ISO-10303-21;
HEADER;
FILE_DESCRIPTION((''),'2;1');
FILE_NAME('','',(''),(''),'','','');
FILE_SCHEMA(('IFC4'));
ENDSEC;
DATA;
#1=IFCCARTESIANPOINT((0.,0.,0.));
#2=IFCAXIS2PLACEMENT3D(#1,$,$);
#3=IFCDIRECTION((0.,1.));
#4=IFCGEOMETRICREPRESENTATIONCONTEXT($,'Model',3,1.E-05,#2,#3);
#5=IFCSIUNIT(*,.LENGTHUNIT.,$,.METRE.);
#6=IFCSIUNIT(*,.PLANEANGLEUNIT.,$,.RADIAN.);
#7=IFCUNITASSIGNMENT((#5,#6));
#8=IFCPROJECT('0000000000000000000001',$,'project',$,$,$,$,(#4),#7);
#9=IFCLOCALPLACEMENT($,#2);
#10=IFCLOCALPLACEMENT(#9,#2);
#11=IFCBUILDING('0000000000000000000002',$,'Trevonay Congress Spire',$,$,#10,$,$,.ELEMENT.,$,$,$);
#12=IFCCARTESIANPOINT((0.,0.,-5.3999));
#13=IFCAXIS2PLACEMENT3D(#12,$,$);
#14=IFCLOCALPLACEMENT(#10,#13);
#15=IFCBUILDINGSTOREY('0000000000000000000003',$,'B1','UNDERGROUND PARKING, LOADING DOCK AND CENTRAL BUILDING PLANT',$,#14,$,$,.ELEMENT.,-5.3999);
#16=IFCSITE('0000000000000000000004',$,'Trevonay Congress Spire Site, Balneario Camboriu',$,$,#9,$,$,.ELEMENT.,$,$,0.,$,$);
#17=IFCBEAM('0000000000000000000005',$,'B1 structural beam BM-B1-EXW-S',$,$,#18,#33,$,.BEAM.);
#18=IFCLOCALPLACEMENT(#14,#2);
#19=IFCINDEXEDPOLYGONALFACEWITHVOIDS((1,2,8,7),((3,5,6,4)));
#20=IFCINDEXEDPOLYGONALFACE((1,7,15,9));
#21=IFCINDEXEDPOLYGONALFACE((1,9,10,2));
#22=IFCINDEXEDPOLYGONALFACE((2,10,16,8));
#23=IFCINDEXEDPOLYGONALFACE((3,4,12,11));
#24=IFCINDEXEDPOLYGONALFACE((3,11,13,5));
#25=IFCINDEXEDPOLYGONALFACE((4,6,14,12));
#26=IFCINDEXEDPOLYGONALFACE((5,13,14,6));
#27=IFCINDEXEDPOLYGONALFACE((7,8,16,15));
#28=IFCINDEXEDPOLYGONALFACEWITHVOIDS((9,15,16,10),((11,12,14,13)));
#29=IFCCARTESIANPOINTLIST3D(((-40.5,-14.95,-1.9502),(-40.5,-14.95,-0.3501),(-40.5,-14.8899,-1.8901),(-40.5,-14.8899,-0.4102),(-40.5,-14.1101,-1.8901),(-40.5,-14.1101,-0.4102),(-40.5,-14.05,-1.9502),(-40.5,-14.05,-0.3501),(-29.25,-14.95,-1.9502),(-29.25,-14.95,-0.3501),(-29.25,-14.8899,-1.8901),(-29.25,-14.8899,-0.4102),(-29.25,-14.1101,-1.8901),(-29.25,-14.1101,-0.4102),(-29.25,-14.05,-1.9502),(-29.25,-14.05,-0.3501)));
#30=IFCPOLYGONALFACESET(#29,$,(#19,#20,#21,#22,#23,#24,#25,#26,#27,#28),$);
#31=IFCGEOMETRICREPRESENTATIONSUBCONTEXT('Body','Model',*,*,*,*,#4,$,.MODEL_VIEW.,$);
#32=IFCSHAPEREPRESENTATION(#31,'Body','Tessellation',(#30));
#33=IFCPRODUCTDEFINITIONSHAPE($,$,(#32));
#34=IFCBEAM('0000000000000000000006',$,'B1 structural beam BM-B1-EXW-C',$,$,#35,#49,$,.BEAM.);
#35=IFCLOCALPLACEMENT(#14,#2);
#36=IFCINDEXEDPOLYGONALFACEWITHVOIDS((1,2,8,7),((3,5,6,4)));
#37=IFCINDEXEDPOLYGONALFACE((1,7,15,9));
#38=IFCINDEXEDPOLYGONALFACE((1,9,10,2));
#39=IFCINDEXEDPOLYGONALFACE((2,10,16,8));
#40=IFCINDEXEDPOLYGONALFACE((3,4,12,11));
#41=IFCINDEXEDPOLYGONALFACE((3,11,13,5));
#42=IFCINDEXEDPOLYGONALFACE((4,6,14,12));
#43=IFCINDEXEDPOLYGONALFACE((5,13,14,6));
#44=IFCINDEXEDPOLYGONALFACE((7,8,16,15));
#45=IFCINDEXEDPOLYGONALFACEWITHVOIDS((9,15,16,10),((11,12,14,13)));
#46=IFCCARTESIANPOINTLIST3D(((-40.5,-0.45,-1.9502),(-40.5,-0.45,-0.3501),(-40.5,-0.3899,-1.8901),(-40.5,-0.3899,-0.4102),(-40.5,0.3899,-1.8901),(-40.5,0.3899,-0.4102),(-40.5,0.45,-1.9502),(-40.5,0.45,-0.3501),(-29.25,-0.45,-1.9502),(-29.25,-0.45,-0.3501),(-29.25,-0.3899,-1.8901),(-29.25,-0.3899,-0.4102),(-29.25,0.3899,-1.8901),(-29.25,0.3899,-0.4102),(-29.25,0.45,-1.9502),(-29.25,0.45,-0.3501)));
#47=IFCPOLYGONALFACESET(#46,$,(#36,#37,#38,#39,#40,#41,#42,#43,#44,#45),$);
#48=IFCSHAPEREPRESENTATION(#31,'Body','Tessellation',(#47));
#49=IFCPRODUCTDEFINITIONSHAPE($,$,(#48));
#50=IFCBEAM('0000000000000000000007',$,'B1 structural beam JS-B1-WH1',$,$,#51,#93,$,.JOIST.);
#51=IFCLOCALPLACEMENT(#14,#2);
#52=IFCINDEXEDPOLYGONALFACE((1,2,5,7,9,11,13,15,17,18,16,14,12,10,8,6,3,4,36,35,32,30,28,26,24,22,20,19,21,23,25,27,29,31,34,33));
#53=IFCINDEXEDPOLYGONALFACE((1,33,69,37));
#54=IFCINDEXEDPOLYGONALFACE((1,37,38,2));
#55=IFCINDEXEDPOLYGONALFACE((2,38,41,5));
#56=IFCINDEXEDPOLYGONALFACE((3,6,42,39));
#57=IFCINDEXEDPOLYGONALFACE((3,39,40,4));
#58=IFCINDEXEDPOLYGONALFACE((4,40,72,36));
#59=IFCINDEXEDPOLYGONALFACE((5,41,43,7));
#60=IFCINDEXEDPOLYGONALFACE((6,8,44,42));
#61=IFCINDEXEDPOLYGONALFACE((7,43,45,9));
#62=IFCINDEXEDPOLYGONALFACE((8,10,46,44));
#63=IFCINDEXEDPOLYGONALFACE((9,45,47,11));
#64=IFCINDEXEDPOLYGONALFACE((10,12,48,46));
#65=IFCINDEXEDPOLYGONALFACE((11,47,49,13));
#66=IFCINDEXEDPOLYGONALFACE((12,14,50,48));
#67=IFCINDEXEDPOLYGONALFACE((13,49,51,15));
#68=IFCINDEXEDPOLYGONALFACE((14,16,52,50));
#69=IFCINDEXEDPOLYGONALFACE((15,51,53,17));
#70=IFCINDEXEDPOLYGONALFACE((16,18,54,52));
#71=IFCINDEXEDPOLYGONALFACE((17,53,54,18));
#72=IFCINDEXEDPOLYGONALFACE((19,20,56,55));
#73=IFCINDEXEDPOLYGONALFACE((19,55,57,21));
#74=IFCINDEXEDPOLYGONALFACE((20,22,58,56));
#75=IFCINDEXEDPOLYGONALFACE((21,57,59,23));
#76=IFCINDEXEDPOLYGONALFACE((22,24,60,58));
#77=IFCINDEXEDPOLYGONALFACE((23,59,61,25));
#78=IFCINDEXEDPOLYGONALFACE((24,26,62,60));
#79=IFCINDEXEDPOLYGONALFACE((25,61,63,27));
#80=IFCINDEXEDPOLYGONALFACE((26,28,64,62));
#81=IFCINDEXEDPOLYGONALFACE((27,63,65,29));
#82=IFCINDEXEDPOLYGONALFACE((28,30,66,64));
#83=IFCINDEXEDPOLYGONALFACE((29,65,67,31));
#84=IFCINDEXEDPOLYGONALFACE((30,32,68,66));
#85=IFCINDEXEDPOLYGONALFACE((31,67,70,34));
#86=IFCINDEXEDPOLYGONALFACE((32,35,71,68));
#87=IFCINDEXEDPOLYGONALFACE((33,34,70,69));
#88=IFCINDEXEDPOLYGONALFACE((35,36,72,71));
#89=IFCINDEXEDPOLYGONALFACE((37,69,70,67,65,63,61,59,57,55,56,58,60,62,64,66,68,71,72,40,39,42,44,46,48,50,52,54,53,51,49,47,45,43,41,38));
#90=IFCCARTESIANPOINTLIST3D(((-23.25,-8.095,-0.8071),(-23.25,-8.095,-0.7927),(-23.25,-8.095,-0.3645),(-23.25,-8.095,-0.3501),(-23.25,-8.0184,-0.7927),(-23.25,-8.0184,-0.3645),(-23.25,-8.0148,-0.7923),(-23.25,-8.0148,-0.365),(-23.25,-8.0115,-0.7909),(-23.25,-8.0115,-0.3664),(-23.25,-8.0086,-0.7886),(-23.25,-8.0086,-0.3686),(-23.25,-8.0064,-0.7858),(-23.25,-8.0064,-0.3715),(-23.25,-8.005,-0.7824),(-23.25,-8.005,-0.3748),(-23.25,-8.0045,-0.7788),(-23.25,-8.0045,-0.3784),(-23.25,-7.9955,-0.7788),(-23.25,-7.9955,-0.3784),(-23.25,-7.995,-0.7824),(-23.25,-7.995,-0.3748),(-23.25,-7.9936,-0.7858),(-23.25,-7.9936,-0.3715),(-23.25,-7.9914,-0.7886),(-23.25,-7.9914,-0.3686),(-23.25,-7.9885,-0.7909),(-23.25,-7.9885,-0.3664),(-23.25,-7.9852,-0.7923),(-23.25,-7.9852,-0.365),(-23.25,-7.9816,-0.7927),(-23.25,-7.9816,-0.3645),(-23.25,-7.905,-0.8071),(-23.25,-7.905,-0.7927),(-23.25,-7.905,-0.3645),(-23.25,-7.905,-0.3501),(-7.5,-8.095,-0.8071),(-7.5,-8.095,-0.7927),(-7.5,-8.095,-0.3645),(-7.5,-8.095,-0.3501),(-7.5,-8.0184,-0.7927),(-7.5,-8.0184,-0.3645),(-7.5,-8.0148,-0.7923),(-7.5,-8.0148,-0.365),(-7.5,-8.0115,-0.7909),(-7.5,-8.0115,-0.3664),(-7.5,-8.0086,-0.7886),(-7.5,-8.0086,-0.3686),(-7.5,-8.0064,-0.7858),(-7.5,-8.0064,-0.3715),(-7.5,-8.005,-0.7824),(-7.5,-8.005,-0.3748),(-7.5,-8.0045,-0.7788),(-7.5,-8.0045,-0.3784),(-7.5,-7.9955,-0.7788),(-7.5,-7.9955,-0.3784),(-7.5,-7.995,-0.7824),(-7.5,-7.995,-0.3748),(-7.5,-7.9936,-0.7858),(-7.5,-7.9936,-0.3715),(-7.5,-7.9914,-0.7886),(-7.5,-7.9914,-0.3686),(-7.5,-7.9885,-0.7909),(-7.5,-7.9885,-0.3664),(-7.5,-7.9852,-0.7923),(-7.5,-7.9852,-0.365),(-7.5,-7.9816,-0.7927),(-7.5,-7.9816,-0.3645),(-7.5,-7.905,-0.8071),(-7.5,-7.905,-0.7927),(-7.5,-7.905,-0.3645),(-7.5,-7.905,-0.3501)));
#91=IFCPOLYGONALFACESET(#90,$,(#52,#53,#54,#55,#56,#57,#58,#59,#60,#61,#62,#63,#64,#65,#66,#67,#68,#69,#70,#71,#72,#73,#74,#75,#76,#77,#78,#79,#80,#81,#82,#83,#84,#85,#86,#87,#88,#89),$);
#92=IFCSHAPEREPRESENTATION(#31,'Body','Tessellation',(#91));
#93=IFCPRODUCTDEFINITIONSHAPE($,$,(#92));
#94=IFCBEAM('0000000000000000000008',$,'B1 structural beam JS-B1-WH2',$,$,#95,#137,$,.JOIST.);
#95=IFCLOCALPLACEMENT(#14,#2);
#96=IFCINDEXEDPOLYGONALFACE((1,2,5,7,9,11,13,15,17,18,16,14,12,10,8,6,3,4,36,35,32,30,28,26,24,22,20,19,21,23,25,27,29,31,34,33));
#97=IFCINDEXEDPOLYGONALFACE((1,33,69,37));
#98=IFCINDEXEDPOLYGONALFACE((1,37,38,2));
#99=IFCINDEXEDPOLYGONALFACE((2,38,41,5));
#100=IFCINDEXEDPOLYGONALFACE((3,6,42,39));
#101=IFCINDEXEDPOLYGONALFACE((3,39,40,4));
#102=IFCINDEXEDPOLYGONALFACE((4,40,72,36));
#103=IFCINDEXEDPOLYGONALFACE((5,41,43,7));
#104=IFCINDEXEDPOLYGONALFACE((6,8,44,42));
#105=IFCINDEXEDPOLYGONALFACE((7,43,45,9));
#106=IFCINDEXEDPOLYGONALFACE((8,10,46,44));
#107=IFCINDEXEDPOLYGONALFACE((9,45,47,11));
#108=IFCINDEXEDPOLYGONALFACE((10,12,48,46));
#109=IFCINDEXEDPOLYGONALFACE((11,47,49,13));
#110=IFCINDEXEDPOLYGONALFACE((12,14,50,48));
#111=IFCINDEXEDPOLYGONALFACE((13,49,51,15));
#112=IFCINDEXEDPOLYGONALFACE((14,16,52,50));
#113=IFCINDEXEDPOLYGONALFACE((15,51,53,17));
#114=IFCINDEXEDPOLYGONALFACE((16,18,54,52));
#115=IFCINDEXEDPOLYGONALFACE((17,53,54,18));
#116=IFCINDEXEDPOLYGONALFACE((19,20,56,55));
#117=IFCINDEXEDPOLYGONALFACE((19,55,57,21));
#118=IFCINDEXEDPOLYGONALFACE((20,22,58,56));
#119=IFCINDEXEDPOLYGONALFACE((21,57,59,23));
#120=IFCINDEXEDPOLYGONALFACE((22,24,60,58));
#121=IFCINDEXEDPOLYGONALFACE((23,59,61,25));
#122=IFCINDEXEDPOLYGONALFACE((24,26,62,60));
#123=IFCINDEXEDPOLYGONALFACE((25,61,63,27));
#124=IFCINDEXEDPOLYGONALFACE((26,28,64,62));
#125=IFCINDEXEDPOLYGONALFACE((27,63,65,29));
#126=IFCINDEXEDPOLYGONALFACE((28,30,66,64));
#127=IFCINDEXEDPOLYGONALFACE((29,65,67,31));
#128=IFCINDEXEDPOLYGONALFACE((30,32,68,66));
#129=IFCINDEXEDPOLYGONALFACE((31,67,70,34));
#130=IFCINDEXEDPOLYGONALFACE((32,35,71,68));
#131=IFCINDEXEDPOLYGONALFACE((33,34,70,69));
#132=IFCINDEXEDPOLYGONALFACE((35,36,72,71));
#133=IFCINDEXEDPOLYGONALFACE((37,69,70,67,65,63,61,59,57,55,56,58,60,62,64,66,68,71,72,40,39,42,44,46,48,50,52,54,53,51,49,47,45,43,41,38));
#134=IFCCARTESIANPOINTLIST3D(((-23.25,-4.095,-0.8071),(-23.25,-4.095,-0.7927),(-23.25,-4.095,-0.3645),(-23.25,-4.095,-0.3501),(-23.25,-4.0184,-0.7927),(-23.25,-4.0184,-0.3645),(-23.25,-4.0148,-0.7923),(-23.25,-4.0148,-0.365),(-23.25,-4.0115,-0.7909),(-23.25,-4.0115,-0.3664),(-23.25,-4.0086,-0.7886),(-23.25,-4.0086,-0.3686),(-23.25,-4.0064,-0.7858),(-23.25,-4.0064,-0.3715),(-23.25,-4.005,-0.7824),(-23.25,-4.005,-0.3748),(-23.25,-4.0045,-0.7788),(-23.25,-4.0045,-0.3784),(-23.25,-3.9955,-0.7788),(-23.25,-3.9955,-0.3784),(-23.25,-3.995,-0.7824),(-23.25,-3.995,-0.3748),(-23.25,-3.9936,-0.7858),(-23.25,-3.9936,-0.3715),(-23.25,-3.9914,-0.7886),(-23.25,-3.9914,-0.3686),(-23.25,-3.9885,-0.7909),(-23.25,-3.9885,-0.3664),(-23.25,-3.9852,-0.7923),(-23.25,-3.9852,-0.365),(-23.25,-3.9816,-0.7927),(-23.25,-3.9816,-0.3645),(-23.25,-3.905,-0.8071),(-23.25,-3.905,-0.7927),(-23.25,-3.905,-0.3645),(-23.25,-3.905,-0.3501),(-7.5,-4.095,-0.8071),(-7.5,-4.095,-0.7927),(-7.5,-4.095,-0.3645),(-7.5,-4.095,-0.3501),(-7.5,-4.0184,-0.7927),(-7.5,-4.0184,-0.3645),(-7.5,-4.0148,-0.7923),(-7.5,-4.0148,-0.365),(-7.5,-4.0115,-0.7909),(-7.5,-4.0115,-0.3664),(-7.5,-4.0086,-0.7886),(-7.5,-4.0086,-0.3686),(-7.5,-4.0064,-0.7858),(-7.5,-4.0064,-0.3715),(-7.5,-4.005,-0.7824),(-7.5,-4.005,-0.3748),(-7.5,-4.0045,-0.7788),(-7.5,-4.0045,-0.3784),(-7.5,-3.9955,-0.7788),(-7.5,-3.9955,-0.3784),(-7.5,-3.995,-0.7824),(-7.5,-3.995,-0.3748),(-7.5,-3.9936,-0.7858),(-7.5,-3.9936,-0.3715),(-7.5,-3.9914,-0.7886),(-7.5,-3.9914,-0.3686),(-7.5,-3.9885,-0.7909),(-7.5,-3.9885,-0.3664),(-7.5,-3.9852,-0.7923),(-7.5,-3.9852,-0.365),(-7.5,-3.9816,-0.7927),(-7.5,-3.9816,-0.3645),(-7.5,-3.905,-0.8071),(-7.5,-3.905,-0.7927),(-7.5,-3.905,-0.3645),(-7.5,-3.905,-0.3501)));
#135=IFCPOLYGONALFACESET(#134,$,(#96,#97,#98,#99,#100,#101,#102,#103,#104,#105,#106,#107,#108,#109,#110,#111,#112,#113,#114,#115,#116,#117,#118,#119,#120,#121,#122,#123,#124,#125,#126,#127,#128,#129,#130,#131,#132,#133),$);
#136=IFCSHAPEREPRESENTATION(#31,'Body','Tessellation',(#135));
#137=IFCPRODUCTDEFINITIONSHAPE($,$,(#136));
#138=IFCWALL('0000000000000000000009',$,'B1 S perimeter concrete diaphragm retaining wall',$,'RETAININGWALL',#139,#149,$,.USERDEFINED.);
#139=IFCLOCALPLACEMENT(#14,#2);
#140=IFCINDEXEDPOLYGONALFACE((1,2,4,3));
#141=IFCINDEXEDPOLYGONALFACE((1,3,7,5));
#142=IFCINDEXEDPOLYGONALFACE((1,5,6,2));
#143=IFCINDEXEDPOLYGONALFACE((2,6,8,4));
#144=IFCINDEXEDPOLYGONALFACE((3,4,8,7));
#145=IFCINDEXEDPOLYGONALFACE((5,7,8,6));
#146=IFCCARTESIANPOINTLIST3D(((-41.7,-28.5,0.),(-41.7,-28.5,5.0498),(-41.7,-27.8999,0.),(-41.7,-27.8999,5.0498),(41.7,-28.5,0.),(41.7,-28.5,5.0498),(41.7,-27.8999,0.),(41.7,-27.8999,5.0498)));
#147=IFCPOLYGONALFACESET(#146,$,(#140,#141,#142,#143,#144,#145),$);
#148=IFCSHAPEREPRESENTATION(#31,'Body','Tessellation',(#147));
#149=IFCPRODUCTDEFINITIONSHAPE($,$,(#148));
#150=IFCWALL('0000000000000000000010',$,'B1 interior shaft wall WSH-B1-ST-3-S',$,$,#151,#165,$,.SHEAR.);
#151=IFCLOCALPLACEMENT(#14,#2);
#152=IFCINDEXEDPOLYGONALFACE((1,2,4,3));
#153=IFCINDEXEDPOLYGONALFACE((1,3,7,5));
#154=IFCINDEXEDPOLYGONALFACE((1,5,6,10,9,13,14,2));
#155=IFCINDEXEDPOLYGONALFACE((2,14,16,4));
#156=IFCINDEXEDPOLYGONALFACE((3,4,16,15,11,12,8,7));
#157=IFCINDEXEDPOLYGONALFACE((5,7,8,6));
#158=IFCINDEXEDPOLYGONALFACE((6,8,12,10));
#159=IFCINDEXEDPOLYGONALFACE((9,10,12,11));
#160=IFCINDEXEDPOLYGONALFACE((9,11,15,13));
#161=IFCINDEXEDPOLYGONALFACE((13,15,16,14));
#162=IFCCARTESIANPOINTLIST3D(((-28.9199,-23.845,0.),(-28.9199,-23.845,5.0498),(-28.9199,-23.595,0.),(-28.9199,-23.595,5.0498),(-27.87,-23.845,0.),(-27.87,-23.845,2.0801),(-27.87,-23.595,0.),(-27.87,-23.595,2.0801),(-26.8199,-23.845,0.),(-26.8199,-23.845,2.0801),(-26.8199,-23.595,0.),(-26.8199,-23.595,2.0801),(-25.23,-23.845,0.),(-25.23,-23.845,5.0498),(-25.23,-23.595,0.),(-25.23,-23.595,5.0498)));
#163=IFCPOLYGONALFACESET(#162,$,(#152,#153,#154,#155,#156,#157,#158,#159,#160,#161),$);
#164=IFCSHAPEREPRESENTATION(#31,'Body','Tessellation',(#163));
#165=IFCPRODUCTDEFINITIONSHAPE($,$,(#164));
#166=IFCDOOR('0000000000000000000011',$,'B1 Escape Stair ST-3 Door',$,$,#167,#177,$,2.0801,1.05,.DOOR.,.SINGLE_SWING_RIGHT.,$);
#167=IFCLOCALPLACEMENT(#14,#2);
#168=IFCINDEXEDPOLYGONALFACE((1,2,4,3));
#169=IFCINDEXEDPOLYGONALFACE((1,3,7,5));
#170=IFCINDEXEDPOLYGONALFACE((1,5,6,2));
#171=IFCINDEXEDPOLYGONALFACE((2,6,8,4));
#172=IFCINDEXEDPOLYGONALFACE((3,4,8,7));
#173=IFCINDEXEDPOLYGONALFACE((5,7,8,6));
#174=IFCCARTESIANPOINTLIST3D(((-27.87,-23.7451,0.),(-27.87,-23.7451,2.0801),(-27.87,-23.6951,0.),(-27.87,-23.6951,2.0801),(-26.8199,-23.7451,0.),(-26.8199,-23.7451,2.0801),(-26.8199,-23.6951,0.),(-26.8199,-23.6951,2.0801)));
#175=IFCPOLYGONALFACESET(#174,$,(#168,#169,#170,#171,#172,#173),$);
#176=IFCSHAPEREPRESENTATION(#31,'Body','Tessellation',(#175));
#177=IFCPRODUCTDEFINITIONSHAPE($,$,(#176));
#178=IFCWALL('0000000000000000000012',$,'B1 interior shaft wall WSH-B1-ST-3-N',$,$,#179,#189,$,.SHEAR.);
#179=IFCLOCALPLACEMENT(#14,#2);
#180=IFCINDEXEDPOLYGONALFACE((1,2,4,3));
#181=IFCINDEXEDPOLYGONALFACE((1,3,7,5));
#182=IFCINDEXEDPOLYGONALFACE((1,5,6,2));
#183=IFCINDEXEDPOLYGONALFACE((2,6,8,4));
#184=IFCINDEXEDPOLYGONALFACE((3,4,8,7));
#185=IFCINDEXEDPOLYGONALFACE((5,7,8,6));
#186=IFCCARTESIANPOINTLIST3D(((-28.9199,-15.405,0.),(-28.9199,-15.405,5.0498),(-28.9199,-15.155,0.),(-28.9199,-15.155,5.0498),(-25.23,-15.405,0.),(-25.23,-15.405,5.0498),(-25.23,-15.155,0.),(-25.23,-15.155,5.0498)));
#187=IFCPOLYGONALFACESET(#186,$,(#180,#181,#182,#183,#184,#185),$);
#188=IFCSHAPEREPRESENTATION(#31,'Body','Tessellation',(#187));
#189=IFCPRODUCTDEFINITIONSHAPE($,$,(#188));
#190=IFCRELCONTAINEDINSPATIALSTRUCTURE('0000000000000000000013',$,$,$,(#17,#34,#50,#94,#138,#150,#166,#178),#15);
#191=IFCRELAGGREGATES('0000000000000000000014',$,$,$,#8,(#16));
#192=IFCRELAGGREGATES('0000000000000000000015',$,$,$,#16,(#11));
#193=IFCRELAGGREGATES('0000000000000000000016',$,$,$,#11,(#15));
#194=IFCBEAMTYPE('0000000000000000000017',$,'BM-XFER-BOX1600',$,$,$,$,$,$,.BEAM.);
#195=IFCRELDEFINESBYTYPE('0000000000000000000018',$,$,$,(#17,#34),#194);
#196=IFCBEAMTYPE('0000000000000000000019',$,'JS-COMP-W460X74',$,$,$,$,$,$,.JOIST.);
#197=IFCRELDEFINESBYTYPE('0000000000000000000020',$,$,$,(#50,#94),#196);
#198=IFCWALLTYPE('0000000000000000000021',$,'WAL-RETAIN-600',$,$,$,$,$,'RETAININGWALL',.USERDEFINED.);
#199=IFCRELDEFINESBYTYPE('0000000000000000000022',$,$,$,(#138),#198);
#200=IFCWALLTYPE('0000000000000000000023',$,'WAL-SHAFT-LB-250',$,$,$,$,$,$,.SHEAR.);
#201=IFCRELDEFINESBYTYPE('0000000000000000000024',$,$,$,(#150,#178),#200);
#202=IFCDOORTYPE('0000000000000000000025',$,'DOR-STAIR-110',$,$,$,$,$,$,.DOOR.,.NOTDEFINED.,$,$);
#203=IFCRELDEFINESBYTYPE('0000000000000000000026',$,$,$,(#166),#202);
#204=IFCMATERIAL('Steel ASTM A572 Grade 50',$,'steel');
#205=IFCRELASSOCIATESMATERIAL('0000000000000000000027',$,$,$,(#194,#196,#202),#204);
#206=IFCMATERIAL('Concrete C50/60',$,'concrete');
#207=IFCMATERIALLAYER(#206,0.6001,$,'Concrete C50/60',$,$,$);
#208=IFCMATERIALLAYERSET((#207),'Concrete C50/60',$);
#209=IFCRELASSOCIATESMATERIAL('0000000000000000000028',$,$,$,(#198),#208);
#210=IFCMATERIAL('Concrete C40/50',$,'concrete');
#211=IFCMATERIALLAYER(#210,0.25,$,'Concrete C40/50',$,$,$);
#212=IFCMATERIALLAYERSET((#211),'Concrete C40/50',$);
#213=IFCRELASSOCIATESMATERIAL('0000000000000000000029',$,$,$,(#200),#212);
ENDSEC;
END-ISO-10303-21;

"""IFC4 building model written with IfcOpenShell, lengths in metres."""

from ifc_helpers import new_model, si_unit, direction, frame, frame_2d, origin, origin_2d, place, context, subcontext, project, spatial, rectangle, hollow_rectangle, i_section, extrude, material, layer, layer_set, material_profile, profile_set, type_object, element, fill, save


model = new_model("IFC4")

# Units and contexts
model_context = context("Model", 3, precision=1e-05, world=origin(), true_north=direction((0.0, 1.0)))
body_context = subcontext(model_context, "Body", "Model", "MODEL_VIEW")
ifc_project = project(units=[si_unit("LENGTHUNIT", "METRE"), si_unit("PLANEANGLEUNIT", "RADIAN")], contexts=[model_context])

# Site, building, storey
site_placement = place(None, origin())
site = spatial("IfcSite", under=ifc_project, at=site_placement, Name="Trevonay Congress Spire Site, Balneario Camboriu", CompositionType="ELEMENT", RefElevation=0.0)
building_placement = place(site_placement, origin())
building = spatial("IfcBuilding", under=site, at=building_placement, Name="Trevonay Congress Spire", CompositionType="ELEMENT")
storey_placement = place(building_placement, frame((0.0, 0.0, -5.3999)))
storey = spatial("IfcBuildingStorey", under=building, at=storey_placement, Name="B1", Description="UNDERGROUND PARKING, LOADING DOCK AND CENTRAL BUILDING PLANT", CompositionType="ELEMENT", Elevation=-5.3999)

# Beams
ifc_material_1 = material(Name="Steel ASTM A572 Grade 50", Category="steel")
ifc_material_profile_1 = material_profile(ifc_material_1, hollow_rectangle(XDim=0.8999, YDim=1.6001, WallThickness=0.0601, at=origin_2d()), Name="BOX 1600x900x60")
ifc_profile_set_1 = profile_set([ifc_material_profile_1], Name="Steel ASTM A572 Grade 50")
beam_type_1 = type_object("IfcBeamType", Name="BM-XFER-BOX1600", PredefinedType="BEAM", material=ifc_profile_set_1)
for number, where, z_axis, x_axis, name in (
    (1, (-29.25, -14.5, -1.1501), (-1.0, 0.0, 0.0), (0.0, -1.0, 0.0), "B1 structural beam BM-B1-EXW-S"),
    (2, (-29.25, 0.0, -1.1501), (-1.0, 0.0, 0.0), (0.0, -1.0, 0.0), "B1 structural beam BM-B1-EXW-C"),
):
    element("IfcBeam", number, at=place(storey_placement, frame(where, z_axis=z_axis, x_axis=x_axis)), inside=storey, type_object=beam_type_1, Name=name, PredefinedType="BEAM", context=body_context, shape_type="SweptSolid", body=[
        extrude(hollow_rectangle(XDim=0.8999, YDim=1.6001, WallThickness=0.0601, at=origin_2d()), origin(), (0.0, 0.0, 1.0), 11.25),
    ])
ifc_material_profile_2 = material_profile(ifc_material_1, i_section(OverallWidth=0.1899, OverallDepth=0.457, WebThickness=0.009, FlangeThickness=0.0144, FilletRadius=0.0139, at=origin_2d()), Name="W460x74")
ifc_profile_set_2 = profile_set([ifc_material_profile_2], Name="Steel ASTM A572 Grade 50")
beam_type_2 = type_object("IfcBeamType", Name="JS-COMP-W460X74", PredefinedType="JOIST", material=ifc_profile_set_2)
for number, where, z_axis, x_axis, name in (
    (3, (-23.25, -8.0, -0.5786), (1.0, 0.0, 0.0), (0.0, 1.0, 0.0), "B1 structural beam JS-B1-WH1"),
    (4, (-23.25, -4.0, -0.5786), (1.0, 0.0, 0.0), (0.0, 1.0, 0.0), "B1 structural beam JS-B1-WH2"),
):
    element("IfcBeam", number, at=place(storey_placement, frame(where, z_axis=z_axis, x_axis=x_axis)), inside=storey, type_object=beam_type_2, Name=name, PredefinedType="JOIST", context=body_context, shape_type="SweptSolid", body=[
        extrude(i_section(OverallWidth=0.1899, OverallDepth=0.457, WebThickness=0.009, FlangeThickness=0.0144, FilletRadius=0.0139, at=origin_2d()), origin(), (0.0, 0.0, 1.0), 15.75),
    ])

# Wall
ifc_material_2 = material(Name="Concrete C50/60", Category="concrete")
ifc_layer_1 = layer(ifc_material_2, 0.6001, Name="Concrete C50/60")
ifc_layer_set_1 = layer_set([ifc_layer_1], Name="Concrete C50/60")
wall_type_1 = type_object("IfcWallType", Name="WAL-RETAIN-600", ElementType="RETAININGWALL", PredefinedType="USERDEFINED", material=ifc_layer_set_1)
wall_1_placement = place(storey_placement, frame((-41.7, -28.2, 0.0), z_axis=(0.0, 0.0, 1.0), x_axis=(1.0, 0.0, 0.0)))
element("IfcWall", 5, at=wall_1_placement, inside=storey, type_object=wall_type_1, Name="B1 S perimeter concrete diaphragm retaining wall", ObjectType="RETAININGWALL", PredefinedType="USERDEFINED", context=body_context, shape_type="SweptSolid", body=[
    extrude(rectangle(XDim=83.3999, YDim=0.6001, at=frame_2d((41.7, 0.0))), origin(), (0.0, 0.0, 1.0), 5.0498),
])

# Wall, opening, door
ifc_material_3 = material(Name="Concrete C40/50", Category="concrete")
ifc_layer_2 = layer(ifc_material_3, 0.25, Name="Concrete C40/50")
ifc_layer_set_2 = layer_set([ifc_layer_2], Name="Concrete C40/50")
wall_type_2 = type_object("IfcWallType", Name="WAL-SHAFT-LB-250", PredefinedType="SHEAR", material=ifc_layer_set_2)
wall_2_placement = place(storey_placement, frame((-28.9199, -23.72, 0.0), z_axis=(0.0, 0.0, 1.0), x_axis=(1.0, 0.0, 0.0)))
wall_2 = element("IfcWall", 6, at=wall_2_placement, inside=storey, type_object=wall_type_2, Name="B1 interior shaft wall WSH-B1-ST-3-S", PredefinedType="SHEAR", context=body_context, shape_type="SweptSolid", body=[
    extrude(rectangle(XDim=3.6899, YDim=0.25, at=frame_2d((1.845, 0.0))), origin(), (0.0, 0.0, 1.0), 5.0498),
])
opening_placement = place(wall_2_placement, frame((1.05, 0.0, 0.0)))
opening = element("IfcOpeningElement", 7, at=opening_placement, cuts=wall_2, PredefinedType="OPENING", context=body_context, shape_type="SweptSolid", body=[
    extrude(rectangle(XDim=1.05, YDim=2.0801, at=frame_2d((0.5249, 1.04))), frame((0.0, 0.135, 0.0), z_axis=(0.0, -1.0, 0.0), x_axis=(1.0, 0.0, 0.0)), (0.0, 0.0, 1.0), 0.27),
])
door_type = type_object("IfcDoorType", Name="DOR-STAIR-110", OperationType="NOTDEFINED", PredefinedType="DOOR", material=ifc_material_1)
door_placement = place(opening_placement, origin())
door = element("IfcDoor", 8, at=door_placement, inside=storey, type_object=door_type, Name="B1 Escape Stair ST-3 Door", OperationType="SINGLE_SWING_RIGHT", OverallHeight=2.0801, OverallWidth=1.05, PredefinedType="DOOR", context=body_context, shape_type="SweptSolid", body=[
    extrude(rectangle(XDim=1.05, YDim=2.0801, at=frame_2d((0.5249, 1.04))), frame((0.0, 0.0249, 0.0), z_axis=(0.0, -1.0, 0.0), x_axis=(1.0, 0.0, 0.0)), (0.0, 0.0, 1.0), 0.05),
])
fill(opening, door)

# Wall
wall_3_placement = place(storey_placement, frame((-28.9199, -15.28, 0.0), z_axis=(0.0, 0.0, 1.0), x_axis=(1.0, 0.0, 0.0)))
element("IfcWall", 9, at=wall_3_placement, inside=storey, type_object=wall_type_2, Name="B1 interior shaft wall WSH-B1-ST-3-N", PredefinedType="SHEAR", context=body_context, shape_type="SweptSolid", body=[
    extrude(rectangle(XDim=3.6899, YDim=0.25, at=frame_2d((1.845, 0.0))), origin(), (0.0, 0.0, 1.0), 5.0498),
])

save(model, "model.ifc")
